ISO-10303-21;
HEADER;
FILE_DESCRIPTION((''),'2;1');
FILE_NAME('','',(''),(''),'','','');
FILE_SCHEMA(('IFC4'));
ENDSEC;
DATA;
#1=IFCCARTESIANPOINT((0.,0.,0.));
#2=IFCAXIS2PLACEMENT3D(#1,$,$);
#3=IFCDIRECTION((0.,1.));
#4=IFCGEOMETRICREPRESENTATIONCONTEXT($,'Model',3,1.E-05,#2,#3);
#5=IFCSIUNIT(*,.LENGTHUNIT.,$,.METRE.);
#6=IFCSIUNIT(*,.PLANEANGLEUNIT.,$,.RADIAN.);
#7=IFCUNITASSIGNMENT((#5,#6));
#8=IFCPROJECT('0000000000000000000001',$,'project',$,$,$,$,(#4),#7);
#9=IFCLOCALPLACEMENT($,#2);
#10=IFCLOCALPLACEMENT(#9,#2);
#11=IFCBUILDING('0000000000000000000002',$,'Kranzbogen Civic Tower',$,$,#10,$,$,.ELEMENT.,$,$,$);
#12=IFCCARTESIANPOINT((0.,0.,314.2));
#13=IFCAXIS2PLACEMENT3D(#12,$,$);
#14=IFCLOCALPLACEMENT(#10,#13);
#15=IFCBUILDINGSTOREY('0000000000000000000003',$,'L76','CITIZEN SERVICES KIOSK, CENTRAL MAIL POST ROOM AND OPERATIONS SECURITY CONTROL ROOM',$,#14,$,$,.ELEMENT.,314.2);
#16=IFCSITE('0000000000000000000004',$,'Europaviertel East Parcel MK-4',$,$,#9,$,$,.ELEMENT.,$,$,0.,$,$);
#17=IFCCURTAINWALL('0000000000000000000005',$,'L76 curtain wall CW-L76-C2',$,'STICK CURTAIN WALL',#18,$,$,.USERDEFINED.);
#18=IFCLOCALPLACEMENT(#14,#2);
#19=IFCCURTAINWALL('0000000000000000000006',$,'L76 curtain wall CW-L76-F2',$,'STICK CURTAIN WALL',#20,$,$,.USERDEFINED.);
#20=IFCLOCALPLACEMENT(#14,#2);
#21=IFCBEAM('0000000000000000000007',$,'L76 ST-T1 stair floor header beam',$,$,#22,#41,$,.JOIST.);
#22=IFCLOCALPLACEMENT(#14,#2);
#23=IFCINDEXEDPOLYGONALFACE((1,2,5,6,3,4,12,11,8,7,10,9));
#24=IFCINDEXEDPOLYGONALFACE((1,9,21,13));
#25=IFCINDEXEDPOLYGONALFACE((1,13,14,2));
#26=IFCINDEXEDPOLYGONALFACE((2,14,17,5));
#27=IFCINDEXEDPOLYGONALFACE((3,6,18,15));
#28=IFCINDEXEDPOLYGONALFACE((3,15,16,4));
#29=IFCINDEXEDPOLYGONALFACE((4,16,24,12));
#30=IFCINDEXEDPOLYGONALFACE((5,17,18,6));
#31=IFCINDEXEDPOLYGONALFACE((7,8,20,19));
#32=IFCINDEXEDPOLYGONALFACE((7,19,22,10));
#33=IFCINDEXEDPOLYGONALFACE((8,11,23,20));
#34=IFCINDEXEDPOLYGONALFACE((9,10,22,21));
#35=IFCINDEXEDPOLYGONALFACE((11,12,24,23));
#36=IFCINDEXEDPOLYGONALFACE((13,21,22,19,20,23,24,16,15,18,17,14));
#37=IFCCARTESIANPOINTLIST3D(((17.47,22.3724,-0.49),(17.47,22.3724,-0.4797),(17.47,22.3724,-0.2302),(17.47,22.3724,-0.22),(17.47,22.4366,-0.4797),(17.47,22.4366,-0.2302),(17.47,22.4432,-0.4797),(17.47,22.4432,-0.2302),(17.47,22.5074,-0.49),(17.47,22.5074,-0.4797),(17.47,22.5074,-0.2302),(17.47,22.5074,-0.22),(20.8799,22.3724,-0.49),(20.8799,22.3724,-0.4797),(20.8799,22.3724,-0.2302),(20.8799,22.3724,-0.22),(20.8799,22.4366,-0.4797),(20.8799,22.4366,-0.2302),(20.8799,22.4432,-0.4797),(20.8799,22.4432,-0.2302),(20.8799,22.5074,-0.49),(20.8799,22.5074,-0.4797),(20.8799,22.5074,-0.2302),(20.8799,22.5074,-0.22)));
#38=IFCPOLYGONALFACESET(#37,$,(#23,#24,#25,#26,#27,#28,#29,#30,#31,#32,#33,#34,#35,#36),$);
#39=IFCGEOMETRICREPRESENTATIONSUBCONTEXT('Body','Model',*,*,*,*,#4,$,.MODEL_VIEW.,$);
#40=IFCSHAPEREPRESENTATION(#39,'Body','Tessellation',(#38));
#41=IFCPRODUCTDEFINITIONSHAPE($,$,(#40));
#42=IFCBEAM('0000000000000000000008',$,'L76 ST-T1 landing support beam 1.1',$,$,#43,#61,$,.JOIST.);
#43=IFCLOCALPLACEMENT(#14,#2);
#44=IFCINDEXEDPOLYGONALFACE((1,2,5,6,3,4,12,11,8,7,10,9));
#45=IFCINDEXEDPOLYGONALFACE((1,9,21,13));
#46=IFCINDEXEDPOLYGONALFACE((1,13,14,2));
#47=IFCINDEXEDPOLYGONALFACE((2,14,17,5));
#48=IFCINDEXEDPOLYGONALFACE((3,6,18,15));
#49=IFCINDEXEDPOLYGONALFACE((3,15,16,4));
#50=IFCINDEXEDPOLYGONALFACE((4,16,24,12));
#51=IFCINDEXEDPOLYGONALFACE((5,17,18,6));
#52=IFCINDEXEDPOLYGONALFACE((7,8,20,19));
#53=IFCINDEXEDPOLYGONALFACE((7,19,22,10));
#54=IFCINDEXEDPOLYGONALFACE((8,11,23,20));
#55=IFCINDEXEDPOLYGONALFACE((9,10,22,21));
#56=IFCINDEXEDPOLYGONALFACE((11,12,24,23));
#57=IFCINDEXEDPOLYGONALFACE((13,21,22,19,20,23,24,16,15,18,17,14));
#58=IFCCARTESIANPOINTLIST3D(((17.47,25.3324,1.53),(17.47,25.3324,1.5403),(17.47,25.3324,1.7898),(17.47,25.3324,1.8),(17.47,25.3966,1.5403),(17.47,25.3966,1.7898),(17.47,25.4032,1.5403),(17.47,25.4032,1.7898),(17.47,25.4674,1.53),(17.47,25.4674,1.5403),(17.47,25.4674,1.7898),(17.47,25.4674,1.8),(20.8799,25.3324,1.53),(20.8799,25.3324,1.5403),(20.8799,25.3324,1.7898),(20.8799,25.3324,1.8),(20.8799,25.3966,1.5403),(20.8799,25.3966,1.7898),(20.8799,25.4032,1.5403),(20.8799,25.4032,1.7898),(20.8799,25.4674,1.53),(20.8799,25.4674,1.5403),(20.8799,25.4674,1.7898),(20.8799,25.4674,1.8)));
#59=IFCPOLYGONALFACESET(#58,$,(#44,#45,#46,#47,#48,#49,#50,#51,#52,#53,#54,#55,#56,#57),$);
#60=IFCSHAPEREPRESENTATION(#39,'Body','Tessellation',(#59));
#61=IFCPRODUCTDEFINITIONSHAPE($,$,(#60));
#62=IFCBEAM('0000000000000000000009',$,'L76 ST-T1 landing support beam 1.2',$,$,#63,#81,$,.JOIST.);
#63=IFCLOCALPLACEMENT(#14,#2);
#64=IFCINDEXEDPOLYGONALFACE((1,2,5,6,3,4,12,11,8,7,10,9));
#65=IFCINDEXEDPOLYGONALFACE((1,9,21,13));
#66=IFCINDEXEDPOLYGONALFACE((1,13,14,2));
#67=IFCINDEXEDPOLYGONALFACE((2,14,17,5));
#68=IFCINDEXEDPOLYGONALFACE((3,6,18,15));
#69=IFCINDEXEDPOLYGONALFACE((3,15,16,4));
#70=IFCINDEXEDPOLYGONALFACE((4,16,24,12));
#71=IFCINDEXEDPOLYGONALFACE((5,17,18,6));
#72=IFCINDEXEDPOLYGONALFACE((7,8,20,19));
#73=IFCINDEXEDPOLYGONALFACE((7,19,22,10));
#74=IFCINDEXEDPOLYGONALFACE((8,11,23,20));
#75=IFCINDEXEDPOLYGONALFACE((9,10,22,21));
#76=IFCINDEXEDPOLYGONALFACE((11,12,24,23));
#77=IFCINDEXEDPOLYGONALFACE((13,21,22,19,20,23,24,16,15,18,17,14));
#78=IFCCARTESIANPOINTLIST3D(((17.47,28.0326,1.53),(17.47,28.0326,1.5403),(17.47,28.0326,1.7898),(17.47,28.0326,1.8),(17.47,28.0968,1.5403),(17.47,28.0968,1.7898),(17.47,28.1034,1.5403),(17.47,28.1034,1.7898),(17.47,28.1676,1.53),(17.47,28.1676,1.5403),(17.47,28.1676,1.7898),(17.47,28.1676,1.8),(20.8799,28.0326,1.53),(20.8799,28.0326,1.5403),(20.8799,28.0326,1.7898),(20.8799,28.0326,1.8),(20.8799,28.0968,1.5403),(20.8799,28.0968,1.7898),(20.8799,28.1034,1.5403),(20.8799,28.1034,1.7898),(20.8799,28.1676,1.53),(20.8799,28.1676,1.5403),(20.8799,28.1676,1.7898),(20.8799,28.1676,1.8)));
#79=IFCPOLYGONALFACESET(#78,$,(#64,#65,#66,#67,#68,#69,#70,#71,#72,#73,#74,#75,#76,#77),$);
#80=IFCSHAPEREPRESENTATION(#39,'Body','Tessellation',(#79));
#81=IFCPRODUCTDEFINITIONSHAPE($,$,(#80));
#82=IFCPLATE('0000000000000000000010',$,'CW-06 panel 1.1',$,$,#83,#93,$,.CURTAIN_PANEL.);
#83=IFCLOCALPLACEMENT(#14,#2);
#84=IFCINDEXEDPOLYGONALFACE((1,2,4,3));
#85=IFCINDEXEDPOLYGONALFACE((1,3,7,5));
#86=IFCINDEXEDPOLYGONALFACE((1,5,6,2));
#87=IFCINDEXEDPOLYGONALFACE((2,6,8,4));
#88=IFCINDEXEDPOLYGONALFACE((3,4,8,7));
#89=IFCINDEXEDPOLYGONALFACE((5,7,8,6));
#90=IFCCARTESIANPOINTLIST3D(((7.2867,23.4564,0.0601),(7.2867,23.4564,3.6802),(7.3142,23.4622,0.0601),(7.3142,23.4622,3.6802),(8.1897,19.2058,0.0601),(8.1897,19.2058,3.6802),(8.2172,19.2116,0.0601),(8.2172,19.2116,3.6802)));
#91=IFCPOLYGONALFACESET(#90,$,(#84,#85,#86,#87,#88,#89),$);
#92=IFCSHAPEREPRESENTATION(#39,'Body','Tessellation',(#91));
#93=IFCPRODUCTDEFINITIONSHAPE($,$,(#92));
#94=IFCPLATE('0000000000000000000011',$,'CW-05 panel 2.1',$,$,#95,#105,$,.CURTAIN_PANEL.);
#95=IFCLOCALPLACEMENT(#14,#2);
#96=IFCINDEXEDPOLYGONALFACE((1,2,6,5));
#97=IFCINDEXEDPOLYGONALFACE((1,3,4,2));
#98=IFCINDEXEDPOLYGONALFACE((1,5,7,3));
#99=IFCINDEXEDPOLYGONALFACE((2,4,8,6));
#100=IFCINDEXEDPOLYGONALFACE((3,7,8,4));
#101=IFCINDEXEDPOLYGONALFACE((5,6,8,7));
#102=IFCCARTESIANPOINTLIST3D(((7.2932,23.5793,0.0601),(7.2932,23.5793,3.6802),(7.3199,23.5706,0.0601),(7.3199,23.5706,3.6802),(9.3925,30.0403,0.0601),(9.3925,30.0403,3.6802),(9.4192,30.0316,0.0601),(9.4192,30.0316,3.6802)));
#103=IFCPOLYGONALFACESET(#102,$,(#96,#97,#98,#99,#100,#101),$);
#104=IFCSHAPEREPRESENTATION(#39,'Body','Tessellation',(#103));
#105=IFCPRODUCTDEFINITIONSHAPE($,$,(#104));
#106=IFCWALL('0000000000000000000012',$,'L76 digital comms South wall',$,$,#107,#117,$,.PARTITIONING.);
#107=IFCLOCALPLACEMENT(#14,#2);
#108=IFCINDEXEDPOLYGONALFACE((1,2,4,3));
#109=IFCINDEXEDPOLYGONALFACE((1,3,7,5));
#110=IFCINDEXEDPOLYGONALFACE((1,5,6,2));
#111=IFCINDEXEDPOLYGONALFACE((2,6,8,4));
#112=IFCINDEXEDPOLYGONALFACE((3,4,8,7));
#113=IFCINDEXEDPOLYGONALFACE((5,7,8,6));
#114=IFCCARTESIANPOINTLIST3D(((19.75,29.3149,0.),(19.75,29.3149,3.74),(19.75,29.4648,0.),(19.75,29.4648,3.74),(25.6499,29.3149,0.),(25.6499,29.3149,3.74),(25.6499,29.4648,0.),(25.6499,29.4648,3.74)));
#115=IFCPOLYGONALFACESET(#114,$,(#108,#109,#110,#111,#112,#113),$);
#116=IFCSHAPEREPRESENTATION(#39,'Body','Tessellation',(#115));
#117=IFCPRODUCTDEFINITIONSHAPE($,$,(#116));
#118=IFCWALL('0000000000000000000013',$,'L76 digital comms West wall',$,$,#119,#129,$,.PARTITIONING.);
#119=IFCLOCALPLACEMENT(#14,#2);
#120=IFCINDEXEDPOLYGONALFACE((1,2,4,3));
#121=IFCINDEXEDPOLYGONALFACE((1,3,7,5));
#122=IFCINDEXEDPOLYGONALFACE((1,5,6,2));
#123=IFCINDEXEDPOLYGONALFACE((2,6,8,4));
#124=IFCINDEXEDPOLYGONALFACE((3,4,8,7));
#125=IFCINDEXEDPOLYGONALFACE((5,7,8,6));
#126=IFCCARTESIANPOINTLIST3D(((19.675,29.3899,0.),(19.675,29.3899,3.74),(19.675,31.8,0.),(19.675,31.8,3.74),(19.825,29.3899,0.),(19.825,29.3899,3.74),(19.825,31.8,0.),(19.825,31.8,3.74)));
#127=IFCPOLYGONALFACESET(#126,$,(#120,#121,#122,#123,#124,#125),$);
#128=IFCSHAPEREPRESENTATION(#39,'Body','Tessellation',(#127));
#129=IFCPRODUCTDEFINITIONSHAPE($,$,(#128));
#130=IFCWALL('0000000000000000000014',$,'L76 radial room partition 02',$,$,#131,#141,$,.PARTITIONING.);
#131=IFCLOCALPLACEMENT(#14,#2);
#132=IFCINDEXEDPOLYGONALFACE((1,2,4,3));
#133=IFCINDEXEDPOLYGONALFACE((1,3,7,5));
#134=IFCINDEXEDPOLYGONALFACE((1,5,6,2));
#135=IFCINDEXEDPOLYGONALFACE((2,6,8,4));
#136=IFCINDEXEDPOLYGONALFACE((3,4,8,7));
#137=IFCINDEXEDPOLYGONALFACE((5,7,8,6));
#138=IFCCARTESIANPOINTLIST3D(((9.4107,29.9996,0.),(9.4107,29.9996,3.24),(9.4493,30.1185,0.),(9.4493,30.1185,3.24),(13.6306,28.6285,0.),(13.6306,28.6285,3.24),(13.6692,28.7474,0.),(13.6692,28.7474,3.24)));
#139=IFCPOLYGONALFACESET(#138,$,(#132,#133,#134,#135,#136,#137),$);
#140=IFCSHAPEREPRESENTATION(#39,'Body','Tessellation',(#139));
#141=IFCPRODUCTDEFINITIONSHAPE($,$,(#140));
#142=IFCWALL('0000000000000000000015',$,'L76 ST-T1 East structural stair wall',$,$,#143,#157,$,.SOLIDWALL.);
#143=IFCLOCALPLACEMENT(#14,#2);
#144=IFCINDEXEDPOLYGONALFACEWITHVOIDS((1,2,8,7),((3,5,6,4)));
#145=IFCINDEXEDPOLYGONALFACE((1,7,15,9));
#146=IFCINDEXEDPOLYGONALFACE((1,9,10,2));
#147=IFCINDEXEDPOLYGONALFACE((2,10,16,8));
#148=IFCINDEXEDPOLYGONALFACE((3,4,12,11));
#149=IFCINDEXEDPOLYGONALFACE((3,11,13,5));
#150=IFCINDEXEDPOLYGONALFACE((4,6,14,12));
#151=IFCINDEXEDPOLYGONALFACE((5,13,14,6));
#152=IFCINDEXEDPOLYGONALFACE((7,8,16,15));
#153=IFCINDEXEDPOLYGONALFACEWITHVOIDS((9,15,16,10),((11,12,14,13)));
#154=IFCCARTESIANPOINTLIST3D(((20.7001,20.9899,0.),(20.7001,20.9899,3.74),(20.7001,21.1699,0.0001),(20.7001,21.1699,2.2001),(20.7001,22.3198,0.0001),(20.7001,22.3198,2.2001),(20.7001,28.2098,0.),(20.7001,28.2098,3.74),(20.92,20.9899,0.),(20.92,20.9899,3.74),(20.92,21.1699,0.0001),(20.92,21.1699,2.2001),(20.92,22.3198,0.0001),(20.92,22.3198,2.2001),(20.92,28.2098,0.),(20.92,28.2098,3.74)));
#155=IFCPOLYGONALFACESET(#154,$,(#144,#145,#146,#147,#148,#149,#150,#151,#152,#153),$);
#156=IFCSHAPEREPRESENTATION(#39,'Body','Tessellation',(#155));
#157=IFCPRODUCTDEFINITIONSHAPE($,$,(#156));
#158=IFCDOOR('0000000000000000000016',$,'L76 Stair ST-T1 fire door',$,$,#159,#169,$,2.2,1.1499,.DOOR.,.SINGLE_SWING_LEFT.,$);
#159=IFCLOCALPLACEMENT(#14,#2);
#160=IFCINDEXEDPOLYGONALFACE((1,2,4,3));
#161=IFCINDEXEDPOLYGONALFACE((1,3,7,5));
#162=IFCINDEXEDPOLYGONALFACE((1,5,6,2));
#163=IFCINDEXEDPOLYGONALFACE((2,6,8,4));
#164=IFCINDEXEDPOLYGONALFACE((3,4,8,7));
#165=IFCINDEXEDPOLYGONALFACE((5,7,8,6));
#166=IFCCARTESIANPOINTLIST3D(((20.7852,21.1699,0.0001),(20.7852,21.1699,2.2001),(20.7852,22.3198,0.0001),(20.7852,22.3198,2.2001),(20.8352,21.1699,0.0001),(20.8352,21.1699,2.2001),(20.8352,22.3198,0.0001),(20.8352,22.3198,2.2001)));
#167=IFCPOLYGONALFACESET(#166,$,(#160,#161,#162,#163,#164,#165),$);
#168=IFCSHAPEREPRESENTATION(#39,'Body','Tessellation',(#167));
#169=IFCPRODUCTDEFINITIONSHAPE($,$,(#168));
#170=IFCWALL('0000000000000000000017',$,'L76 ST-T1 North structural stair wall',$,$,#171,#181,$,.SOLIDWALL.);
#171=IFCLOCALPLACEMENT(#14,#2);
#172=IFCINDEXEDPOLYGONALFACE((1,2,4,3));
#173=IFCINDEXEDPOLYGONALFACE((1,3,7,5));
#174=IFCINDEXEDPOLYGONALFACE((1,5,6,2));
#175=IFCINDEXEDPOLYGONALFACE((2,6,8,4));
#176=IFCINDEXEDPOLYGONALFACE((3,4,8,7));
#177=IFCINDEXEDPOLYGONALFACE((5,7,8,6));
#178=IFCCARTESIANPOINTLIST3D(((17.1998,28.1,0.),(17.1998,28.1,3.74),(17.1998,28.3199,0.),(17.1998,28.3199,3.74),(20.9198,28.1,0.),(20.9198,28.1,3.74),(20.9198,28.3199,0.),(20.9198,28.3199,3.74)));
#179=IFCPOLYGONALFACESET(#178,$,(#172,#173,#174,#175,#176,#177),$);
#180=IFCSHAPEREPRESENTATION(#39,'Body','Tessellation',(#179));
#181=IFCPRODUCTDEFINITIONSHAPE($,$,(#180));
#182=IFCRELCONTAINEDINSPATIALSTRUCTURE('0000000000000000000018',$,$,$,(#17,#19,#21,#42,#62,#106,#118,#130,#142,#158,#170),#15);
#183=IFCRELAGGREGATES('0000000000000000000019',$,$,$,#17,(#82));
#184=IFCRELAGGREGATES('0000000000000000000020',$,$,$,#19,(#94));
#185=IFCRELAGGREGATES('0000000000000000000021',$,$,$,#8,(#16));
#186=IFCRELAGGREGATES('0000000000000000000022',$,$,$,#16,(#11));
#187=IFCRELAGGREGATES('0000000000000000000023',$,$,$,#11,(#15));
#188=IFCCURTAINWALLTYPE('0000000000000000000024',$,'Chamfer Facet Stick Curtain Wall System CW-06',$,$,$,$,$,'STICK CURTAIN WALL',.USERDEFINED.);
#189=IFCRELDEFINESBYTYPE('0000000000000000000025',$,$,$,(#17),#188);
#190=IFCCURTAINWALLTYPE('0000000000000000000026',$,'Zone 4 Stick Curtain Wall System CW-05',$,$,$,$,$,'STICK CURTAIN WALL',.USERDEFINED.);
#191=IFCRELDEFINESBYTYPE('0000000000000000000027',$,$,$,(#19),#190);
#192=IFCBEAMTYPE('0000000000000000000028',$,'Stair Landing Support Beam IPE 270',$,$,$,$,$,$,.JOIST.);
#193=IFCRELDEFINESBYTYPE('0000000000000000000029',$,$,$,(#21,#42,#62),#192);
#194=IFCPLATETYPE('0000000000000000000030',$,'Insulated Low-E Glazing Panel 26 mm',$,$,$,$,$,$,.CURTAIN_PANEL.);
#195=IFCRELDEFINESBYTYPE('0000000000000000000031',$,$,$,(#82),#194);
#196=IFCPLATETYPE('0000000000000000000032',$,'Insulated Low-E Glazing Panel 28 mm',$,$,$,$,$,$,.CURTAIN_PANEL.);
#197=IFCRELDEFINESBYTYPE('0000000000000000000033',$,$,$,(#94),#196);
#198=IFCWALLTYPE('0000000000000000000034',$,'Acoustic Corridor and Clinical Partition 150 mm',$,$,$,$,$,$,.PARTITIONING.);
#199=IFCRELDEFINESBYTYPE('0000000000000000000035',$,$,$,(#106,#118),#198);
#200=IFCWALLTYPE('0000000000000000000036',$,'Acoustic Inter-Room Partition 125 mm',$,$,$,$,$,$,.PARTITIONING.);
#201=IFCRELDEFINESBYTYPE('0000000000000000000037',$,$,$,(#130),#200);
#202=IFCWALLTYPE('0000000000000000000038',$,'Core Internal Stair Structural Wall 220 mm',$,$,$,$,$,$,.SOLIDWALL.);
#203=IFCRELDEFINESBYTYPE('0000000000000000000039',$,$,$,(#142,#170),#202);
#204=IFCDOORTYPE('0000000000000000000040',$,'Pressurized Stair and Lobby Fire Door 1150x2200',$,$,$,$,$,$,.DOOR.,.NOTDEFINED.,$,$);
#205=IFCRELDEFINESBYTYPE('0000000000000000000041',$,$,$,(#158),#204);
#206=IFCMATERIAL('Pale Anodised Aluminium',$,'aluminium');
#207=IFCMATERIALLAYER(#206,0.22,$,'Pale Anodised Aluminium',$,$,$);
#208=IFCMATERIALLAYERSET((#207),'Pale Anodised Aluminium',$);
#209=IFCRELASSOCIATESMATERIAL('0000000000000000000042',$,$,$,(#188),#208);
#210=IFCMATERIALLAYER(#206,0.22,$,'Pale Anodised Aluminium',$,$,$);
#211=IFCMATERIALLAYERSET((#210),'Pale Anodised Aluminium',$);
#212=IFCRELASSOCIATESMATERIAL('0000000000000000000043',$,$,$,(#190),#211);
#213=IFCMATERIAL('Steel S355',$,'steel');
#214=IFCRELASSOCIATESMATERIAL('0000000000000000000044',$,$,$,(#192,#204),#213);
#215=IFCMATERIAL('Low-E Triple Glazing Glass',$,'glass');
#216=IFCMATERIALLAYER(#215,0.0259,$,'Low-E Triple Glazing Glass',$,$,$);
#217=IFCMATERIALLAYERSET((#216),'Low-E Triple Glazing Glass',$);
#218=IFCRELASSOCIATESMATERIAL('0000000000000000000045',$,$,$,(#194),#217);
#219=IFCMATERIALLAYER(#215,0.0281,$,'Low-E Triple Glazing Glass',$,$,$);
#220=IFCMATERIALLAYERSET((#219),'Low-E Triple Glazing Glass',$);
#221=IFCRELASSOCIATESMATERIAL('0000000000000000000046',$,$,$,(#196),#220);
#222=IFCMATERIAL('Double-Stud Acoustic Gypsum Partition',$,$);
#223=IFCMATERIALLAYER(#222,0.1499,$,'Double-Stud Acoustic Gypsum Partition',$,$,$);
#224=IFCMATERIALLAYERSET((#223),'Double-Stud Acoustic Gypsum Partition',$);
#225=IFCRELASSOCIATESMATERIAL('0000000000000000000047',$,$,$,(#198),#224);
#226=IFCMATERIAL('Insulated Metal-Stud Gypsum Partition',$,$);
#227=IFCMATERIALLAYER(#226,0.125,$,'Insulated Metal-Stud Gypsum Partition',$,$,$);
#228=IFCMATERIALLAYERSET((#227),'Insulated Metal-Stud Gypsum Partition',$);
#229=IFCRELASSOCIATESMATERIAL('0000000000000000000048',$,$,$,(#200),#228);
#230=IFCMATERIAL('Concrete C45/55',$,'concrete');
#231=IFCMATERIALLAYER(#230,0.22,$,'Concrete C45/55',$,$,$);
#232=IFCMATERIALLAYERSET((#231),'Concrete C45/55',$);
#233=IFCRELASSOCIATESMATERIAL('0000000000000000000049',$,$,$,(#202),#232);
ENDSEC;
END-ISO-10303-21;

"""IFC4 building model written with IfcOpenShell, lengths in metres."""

from ifc_helpers import new_model, si_unit, direction, frame, frame_2d, origin, origin_2d, place, context, subcontext, project, spatial, rectangle, i_section, extrude, material, layer, layer_set, material_profile, profile_set, type_object, element, fill, aggregate, save


model = new_model("IFC4")

# Units and contexts
model_context = context("Model", 3, precision=1e-05, world=origin(), true_north=direction((0.0, 1.0)))
body_context = subcontext(model_context, "Body", "Model", "MODEL_VIEW")
ifc_project = project(units=[si_unit("LENGTHUNIT", "METRE"), si_unit("PLANEANGLEUNIT", "RADIAN")], contexts=[model_context])

# Site, building, storey
site_placement = place(None, origin())
site = spatial("IfcSite", under=ifc_project, at=site_placement, Name="Europaviertel East Parcel MK-4", CompositionType="ELEMENT", RefElevation=0.0)
building_placement = place(site_placement, origin())
building = spatial("IfcBuilding", under=site, at=building_placement, Name="Kranzbogen Civic Tower", CompositionType="ELEMENT")
storey_placement = place(building_placement, frame((0.0, 0.0, 314.2)))
storey = spatial("IfcBuildingStorey", under=building, at=storey_placement, Name="L76", Description="CITIZEN SERVICES KIOSK, CENTRAL MAIL POST ROOM AND OPERATIONS SECURITY CONTROL ROOM", CompositionType="ELEMENT", Elevation=314.2)

# Shared definitions
ifc_material_1 = material(Name="Steel S355", Category="steel")

# Curtain walls
ifc_material_2 = material(Name="Pale Anodised Aluminium", Category="aluminium")
ifc_layer_1 = layer(ifc_material_2, 0.22, Name="Pale Anodised Aluminium")
ifc_layer_set_1 = layer_set([ifc_layer_1], Name="Pale Anodised Aluminium")
curtain_wall_type_1 = type_object("IfcCurtainWallType", Name="Chamfer Facet Stick Curtain Wall System CW-06", ElementType="STICK CURTAIN WALL", PredefinedType="USERDEFINED", material=ifc_layer_set_1)
curtain_wall_1_placement = place(storey_placement, origin())
curtain_wall_1 = element("IfcCurtainWall", 1, at=curtain_wall_1_placement, inside=storey, type_object=curtain_wall_type_1, Name="L76 curtain wall CW-L76-C2", ObjectType="STICK CURTAIN WALL", PredefinedType="USERDEFINED")
ifc_layer_2 = layer(ifc_material_2, 0.22, Name="Pale Anodised Aluminium")
ifc_layer_set_2 = layer_set([ifc_layer_2], Name="Pale Anodised Aluminium")
curtain_wall_type_2 = type_object("IfcCurtainWallType", Name="Zone 4 Stick Curtain Wall System CW-05", ElementType="STICK CURTAIN WALL", PredefinedType="USERDEFINED", material=ifc_layer_set_2)
curtain_wall_2_placement = place(storey_placement, origin())
curtain_wall_2 = element("IfcCurtainWall", 2, at=curtain_wall_2_placement, inside=storey, type_object=curtain_wall_type_2, Name="L76 curtain wall CW-L76-F2", ObjectType="STICK CURTAIN WALL", PredefinedType="USERDEFINED")

# Beams
ifc_material_profile_1 = material_profile(ifc_material_1, i_section(OverallWidth=0.135, OverallDepth=0.27, WebThickness=0.0066, FlangeThickness=0.0103, at=origin_2d()), Name="IPE 270")
ifc_profile_set_1 = profile_set([ifc_material_profile_1], Name="Steel S355")
beam_type_1 = type_object("IfcBeamType", Name="Stair Landing Support Beam IPE 270", PredefinedType="JOIST", material=ifc_profile_set_1)
for number, where, z_axis, x_axis, name in (
    (3, (20.8799, 22.4399, -0.355), (-1.0, 0.0, 0.0), (0.0, -1.0, 0.0), "L76 ST-T1 stair floor header beam"),
    (4, (20.8799, 25.3999, 1.665), (-1.0, 0.0, 0.0), (0.0, -1.0, 0.0), "L76 ST-T1 landing support beam 1.1"),
    (5, (20.8799, 28.1001, 1.665), (-1.0, 0.0, 0.0), (0.0, -1.0, 0.0), "L76 ST-T1 landing support beam 1.2"),
):
    element("IfcBeam", number, at=place(storey_placement, frame(where, z_axis=z_axis, x_axis=x_axis)), inside=storey, type_object=beam_type_1, Name=name, PredefinedType="JOIST", context=body_context, shape_type="SweptSolid", body=[
        extrude(i_section(OverallWidth=0.135, OverallDepth=0.27, WebThickness=0.0066, FlangeThickness=0.0103, at=origin_2d()), origin(), (0.0, 0.0, 1.0), 3.4099),
    ])

# Plates
ifc_material_3 = material(Name="Low-E Triple Glazing Glass", Category="glass")
ifc_layer_3 = layer(ifc_material_3, 0.0259, Name="Low-E Triple Glazing Glass")
ifc_layer_set_3 = layer_set([ifc_layer_3], Name="Low-E Triple Glazing Glass")
plate_type_1 = type_object("IfcPlateType", Name="Insulated Low-E Glazing Panel 26 mm", PredefinedType="CURTAIN_PANEL", material=ifc_layer_set_3)
plate_1_placement = place(storey_placement, frame((7.752, 21.334, 0.0601), z_axis=(0.0, 0.0, 1.0), x_axis=(0.207816, -0.978168, 0.0)))
plate_1 = element("IfcPlate", 6, at=plate_1_placement, type_object=plate_type_1, Name="CW-06 panel 1.1", PredefinedType="CURTAIN_PANEL", context=body_context, shape_type="SweptSolid", body=[
    extrude(rectangle(XDim=4.3455, YDim=0.0281, at=origin_2d()), origin(), (0.0, 0.0, 1.0), 3.6201),
])
aggregate(curtain_wall_1, [plate_1])
ifc_layer_4 = layer(ifc_material_3, 0.0281, Name="Low-E Triple Glazing Glass")
ifc_layer_set_4 = layer_set([ifc_layer_4], Name="Low-E Triple Glazing Glass")
plate_type_2 = type_object("IfcPlateType", Name="Insulated Low-E Glazing Panel 28 mm", PredefinedType="CURTAIN_PANEL", material=ifc_layer_set_4)
plate_2_placement = place(storey_placement, frame((8.3562, 26.8054, 0.0601), z_axis=(0.0, 0.0, 1.0), x_axis=(-0.309006, -0.95106, 0.0)))
plate_2 = element("IfcPlate", 7, at=plate_2_placement, type_object=plate_type_2, Name="CW-05 panel 2.1", PredefinedType="CURTAIN_PANEL", context=body_context, shape_type="SweptSolid", body=[
    extrude(rectangle(XDim=6.7935, YDim=0.0281, at=origin_2d()), origin(), (0.0, 0.0, 1.0), 3.6201),
])
aggregate(curtain_wall_2, [plate_2])

# Walls
ifc_material_4 = material(Name="Double-Stud Acoustic Gypsum Partition")
ifc_layer_5 = layer(ifc_material_4, 0.1499, Name="Double-Stud Acoustic Gypsum Partition")
ifc_layer_set_5 = layer_set([ifc_layer_5], Name="Double-Stud Acoustic Gypsum Partition")
wall_type_1 = type_object("IfcWallType", Name="Acoustic Corridor and Clinical Partition 150 mm", PredefinedType="PARTITIONING", material=ifc_layer_set_5)
wall_1_placement = place(storey_placement, frame((19.75, 29.3899, 0.0), z_axis=(0.0, 0.0, 1.0), x_axis=(1.0, 0.0, 0.0)))
element("IfcWall", 8, at=wall_1_placement, inside=storey, type_object=wall_type_1, Name="L76 digital comms South wall", PredefinedType="PARTITIONING", context=body_context, shape_type="SweptSolid", body=[
    extrude(rectangle(XDim=5.8999, YDim=0.1499, at=frame_2d((2.95, 0.0))), origin(), (0.0, 0.0, 1.0), 3.74),
])
wall_2_placement = place(storey_placement, frame((19.75, 29.3899, 0.0), z_axis=(0.0, 0.0, 1.0), x_axis=(0.0, 1.0, 0.0)))
element("IfcWall", 9, at=wall_2_placement, inside=storey, type_object=wall_type_1, Name="L76 digital comms West wall", PredefinedType="PARTITIONING", context=body_context, shape_type="SweptSolid", body=[
    extrude(rectangle(XDim=2.4102, YDim=0.1499, at=frame_2d((1.2051, 0.0))), origin(), (0.0, 0.0, 1.0), 3.74),
])

# Shared definitions
ifc_material_5 = material(Name="Insulated Metal-Stud Gypsum Partition")
ifc_layer_6 = layer(ifc_material_5, 0.125, Name="Insulated Metal-Stud Gypsum Partition")
ifc_layer_set_6 = layer_set([ifc_layer_6], Name="Insulated Metal-Stud Gypsum Partition")
wall_type_2 = type_object("IfcWallType", Name="Acoustic Inter-Room Partition 125 mm", PredefinedType="PARTITIONING", material=ifc_layer_set_6)

# Wall
wall_3_placement = place(storey_placement, frame((13.6499, 28.688, 0.0), z_axis=(0.0, 0.0, 1.0), x_axis=(-0.95106, 0.309005, 0.0)))
element("IfcWall", 10, at=wall_3_placement, inside=storey, type_object=wall_type_2, Name="L76 radial room partition 02", PredefinedType="PARTITIONING", context=body_context, shape_type="SweptSolid", body=[
    extrude(rectangle(XDim=4.437, YDim=0.125, at=frame_2d((2.2185, 0.0))), origin(), (0.0, 0.0, 1.0), 3.24),
])

# Wall, opening, door
ifc_material_6 = material(Name="Concrete C45/55", Category="concrete")
ifc_layer_7 = layer(ifc_material_6, 0.22, Name="Concrete C45/55")
ifc_layer_set_7 = layer_set([ifc_layer_7], Name="Concrete C45/55")
wall_type_3 = type_object("IfcWallType", Name="Core Internal Stair Structural Wall 220 mm", PredefinedType="SOLIDWALL", material=ifc_layer_set_7)
wall_4_placement = place(storey_placement, frame((20.8101, 20.99, 0.0), z_axis=(0.0, 0.0, 1.0), x_axis=(0.0, 1.0, 0.0)))
wall_4 = element("IfcWall", 11, at=wall_4_placement, inside=storey, type_object=wall_type_3, Name="L76 ST-T1 East structural stair wall", PredefinedType="SOLIDWALL", context=body_context, shape_type="SweptSolid", body=[
    extrude(rectangle(XDim=7.22, YDim=0.22, at=frame_2d((3.6099, 0.0))), origin(), (0.0, 0.0, 1.0), 3.74),
])
opening_1_placement = place(wall_4_placement, frame((0.1799, 0.0, 0.0)))
opening_1 = element("IfcOpeningElement", 12, at=opening_1_placement, cuts=wall_4, PredefinedType="OPENING", context=body_context, shape_type="SweptSolid", body=[
    extrude(rectangle(XDim=1.1499, YDim=2.2, at=frame_2d((0.575, 1.1001))), frame((0.0, 0.1201, 0.0), z_axis=(0.0, -1.0, 0.0), x_axis=(1.0, 0.0, 0.0)), (0.0, 0.0, 1.0), 0.24),
])
door_type_1 = type_object("IfcDoorType", Name="Pressurized Stair and Lobby Fire Door 1150x2200", OperationType="NOTDEFINED", PredefinedType="DOOR", material=ifc_material_1)
door_1_placement = place(opening_1_placement, origin())
door_1 = element("IfcDoor", 13, at=door_1_placement, inside=storey, type_object=door_type_1, Name="L76 Stair ST-T1 fire door", OperationType="SINGLE_SWING_LEFT", OverallHeight=2.2, OverallWidth=1.1499, PredefinedType="DOOR", context=body_context, shape_type="SweptSolid", body=[
    extrude(rectangle(XDim=1.1499, YDim=2.2, at=frame_2d((0.575, 1.1001))), frame((0.0, 0.0249, 0.0), z_axis=(0.0, -1.0, 0.0), x_axis=(1.0, 0.0, 0.0)), (0.0, 0.0, 1.0), 0.05),
])
fill(opening_1, door_1)

# Wall
wall_5_placement = place(storey_placement, frame((17.2, 28.21, 0.0), z_axis=(0.0, 0.0, 1.0), x_axis=(1.0, 0.0, 0.0)))
element("IfcWall", 14, at=wall_5_placement, inside=storey, type_object=wall_type_3, Name="L76 ST-T1 North structural stair wall", PredefinedType="SOLIDWALL", context=body_context, shape_type="SweptSolid", body=[
    extrude(rectangle(XDim=3.72, YDim=0.22, at=frame_2d((1.8599, 0.0))), origin(), (0.0, 0.0, 1.0), 3.74),
])

save(model, "model.ifc")
